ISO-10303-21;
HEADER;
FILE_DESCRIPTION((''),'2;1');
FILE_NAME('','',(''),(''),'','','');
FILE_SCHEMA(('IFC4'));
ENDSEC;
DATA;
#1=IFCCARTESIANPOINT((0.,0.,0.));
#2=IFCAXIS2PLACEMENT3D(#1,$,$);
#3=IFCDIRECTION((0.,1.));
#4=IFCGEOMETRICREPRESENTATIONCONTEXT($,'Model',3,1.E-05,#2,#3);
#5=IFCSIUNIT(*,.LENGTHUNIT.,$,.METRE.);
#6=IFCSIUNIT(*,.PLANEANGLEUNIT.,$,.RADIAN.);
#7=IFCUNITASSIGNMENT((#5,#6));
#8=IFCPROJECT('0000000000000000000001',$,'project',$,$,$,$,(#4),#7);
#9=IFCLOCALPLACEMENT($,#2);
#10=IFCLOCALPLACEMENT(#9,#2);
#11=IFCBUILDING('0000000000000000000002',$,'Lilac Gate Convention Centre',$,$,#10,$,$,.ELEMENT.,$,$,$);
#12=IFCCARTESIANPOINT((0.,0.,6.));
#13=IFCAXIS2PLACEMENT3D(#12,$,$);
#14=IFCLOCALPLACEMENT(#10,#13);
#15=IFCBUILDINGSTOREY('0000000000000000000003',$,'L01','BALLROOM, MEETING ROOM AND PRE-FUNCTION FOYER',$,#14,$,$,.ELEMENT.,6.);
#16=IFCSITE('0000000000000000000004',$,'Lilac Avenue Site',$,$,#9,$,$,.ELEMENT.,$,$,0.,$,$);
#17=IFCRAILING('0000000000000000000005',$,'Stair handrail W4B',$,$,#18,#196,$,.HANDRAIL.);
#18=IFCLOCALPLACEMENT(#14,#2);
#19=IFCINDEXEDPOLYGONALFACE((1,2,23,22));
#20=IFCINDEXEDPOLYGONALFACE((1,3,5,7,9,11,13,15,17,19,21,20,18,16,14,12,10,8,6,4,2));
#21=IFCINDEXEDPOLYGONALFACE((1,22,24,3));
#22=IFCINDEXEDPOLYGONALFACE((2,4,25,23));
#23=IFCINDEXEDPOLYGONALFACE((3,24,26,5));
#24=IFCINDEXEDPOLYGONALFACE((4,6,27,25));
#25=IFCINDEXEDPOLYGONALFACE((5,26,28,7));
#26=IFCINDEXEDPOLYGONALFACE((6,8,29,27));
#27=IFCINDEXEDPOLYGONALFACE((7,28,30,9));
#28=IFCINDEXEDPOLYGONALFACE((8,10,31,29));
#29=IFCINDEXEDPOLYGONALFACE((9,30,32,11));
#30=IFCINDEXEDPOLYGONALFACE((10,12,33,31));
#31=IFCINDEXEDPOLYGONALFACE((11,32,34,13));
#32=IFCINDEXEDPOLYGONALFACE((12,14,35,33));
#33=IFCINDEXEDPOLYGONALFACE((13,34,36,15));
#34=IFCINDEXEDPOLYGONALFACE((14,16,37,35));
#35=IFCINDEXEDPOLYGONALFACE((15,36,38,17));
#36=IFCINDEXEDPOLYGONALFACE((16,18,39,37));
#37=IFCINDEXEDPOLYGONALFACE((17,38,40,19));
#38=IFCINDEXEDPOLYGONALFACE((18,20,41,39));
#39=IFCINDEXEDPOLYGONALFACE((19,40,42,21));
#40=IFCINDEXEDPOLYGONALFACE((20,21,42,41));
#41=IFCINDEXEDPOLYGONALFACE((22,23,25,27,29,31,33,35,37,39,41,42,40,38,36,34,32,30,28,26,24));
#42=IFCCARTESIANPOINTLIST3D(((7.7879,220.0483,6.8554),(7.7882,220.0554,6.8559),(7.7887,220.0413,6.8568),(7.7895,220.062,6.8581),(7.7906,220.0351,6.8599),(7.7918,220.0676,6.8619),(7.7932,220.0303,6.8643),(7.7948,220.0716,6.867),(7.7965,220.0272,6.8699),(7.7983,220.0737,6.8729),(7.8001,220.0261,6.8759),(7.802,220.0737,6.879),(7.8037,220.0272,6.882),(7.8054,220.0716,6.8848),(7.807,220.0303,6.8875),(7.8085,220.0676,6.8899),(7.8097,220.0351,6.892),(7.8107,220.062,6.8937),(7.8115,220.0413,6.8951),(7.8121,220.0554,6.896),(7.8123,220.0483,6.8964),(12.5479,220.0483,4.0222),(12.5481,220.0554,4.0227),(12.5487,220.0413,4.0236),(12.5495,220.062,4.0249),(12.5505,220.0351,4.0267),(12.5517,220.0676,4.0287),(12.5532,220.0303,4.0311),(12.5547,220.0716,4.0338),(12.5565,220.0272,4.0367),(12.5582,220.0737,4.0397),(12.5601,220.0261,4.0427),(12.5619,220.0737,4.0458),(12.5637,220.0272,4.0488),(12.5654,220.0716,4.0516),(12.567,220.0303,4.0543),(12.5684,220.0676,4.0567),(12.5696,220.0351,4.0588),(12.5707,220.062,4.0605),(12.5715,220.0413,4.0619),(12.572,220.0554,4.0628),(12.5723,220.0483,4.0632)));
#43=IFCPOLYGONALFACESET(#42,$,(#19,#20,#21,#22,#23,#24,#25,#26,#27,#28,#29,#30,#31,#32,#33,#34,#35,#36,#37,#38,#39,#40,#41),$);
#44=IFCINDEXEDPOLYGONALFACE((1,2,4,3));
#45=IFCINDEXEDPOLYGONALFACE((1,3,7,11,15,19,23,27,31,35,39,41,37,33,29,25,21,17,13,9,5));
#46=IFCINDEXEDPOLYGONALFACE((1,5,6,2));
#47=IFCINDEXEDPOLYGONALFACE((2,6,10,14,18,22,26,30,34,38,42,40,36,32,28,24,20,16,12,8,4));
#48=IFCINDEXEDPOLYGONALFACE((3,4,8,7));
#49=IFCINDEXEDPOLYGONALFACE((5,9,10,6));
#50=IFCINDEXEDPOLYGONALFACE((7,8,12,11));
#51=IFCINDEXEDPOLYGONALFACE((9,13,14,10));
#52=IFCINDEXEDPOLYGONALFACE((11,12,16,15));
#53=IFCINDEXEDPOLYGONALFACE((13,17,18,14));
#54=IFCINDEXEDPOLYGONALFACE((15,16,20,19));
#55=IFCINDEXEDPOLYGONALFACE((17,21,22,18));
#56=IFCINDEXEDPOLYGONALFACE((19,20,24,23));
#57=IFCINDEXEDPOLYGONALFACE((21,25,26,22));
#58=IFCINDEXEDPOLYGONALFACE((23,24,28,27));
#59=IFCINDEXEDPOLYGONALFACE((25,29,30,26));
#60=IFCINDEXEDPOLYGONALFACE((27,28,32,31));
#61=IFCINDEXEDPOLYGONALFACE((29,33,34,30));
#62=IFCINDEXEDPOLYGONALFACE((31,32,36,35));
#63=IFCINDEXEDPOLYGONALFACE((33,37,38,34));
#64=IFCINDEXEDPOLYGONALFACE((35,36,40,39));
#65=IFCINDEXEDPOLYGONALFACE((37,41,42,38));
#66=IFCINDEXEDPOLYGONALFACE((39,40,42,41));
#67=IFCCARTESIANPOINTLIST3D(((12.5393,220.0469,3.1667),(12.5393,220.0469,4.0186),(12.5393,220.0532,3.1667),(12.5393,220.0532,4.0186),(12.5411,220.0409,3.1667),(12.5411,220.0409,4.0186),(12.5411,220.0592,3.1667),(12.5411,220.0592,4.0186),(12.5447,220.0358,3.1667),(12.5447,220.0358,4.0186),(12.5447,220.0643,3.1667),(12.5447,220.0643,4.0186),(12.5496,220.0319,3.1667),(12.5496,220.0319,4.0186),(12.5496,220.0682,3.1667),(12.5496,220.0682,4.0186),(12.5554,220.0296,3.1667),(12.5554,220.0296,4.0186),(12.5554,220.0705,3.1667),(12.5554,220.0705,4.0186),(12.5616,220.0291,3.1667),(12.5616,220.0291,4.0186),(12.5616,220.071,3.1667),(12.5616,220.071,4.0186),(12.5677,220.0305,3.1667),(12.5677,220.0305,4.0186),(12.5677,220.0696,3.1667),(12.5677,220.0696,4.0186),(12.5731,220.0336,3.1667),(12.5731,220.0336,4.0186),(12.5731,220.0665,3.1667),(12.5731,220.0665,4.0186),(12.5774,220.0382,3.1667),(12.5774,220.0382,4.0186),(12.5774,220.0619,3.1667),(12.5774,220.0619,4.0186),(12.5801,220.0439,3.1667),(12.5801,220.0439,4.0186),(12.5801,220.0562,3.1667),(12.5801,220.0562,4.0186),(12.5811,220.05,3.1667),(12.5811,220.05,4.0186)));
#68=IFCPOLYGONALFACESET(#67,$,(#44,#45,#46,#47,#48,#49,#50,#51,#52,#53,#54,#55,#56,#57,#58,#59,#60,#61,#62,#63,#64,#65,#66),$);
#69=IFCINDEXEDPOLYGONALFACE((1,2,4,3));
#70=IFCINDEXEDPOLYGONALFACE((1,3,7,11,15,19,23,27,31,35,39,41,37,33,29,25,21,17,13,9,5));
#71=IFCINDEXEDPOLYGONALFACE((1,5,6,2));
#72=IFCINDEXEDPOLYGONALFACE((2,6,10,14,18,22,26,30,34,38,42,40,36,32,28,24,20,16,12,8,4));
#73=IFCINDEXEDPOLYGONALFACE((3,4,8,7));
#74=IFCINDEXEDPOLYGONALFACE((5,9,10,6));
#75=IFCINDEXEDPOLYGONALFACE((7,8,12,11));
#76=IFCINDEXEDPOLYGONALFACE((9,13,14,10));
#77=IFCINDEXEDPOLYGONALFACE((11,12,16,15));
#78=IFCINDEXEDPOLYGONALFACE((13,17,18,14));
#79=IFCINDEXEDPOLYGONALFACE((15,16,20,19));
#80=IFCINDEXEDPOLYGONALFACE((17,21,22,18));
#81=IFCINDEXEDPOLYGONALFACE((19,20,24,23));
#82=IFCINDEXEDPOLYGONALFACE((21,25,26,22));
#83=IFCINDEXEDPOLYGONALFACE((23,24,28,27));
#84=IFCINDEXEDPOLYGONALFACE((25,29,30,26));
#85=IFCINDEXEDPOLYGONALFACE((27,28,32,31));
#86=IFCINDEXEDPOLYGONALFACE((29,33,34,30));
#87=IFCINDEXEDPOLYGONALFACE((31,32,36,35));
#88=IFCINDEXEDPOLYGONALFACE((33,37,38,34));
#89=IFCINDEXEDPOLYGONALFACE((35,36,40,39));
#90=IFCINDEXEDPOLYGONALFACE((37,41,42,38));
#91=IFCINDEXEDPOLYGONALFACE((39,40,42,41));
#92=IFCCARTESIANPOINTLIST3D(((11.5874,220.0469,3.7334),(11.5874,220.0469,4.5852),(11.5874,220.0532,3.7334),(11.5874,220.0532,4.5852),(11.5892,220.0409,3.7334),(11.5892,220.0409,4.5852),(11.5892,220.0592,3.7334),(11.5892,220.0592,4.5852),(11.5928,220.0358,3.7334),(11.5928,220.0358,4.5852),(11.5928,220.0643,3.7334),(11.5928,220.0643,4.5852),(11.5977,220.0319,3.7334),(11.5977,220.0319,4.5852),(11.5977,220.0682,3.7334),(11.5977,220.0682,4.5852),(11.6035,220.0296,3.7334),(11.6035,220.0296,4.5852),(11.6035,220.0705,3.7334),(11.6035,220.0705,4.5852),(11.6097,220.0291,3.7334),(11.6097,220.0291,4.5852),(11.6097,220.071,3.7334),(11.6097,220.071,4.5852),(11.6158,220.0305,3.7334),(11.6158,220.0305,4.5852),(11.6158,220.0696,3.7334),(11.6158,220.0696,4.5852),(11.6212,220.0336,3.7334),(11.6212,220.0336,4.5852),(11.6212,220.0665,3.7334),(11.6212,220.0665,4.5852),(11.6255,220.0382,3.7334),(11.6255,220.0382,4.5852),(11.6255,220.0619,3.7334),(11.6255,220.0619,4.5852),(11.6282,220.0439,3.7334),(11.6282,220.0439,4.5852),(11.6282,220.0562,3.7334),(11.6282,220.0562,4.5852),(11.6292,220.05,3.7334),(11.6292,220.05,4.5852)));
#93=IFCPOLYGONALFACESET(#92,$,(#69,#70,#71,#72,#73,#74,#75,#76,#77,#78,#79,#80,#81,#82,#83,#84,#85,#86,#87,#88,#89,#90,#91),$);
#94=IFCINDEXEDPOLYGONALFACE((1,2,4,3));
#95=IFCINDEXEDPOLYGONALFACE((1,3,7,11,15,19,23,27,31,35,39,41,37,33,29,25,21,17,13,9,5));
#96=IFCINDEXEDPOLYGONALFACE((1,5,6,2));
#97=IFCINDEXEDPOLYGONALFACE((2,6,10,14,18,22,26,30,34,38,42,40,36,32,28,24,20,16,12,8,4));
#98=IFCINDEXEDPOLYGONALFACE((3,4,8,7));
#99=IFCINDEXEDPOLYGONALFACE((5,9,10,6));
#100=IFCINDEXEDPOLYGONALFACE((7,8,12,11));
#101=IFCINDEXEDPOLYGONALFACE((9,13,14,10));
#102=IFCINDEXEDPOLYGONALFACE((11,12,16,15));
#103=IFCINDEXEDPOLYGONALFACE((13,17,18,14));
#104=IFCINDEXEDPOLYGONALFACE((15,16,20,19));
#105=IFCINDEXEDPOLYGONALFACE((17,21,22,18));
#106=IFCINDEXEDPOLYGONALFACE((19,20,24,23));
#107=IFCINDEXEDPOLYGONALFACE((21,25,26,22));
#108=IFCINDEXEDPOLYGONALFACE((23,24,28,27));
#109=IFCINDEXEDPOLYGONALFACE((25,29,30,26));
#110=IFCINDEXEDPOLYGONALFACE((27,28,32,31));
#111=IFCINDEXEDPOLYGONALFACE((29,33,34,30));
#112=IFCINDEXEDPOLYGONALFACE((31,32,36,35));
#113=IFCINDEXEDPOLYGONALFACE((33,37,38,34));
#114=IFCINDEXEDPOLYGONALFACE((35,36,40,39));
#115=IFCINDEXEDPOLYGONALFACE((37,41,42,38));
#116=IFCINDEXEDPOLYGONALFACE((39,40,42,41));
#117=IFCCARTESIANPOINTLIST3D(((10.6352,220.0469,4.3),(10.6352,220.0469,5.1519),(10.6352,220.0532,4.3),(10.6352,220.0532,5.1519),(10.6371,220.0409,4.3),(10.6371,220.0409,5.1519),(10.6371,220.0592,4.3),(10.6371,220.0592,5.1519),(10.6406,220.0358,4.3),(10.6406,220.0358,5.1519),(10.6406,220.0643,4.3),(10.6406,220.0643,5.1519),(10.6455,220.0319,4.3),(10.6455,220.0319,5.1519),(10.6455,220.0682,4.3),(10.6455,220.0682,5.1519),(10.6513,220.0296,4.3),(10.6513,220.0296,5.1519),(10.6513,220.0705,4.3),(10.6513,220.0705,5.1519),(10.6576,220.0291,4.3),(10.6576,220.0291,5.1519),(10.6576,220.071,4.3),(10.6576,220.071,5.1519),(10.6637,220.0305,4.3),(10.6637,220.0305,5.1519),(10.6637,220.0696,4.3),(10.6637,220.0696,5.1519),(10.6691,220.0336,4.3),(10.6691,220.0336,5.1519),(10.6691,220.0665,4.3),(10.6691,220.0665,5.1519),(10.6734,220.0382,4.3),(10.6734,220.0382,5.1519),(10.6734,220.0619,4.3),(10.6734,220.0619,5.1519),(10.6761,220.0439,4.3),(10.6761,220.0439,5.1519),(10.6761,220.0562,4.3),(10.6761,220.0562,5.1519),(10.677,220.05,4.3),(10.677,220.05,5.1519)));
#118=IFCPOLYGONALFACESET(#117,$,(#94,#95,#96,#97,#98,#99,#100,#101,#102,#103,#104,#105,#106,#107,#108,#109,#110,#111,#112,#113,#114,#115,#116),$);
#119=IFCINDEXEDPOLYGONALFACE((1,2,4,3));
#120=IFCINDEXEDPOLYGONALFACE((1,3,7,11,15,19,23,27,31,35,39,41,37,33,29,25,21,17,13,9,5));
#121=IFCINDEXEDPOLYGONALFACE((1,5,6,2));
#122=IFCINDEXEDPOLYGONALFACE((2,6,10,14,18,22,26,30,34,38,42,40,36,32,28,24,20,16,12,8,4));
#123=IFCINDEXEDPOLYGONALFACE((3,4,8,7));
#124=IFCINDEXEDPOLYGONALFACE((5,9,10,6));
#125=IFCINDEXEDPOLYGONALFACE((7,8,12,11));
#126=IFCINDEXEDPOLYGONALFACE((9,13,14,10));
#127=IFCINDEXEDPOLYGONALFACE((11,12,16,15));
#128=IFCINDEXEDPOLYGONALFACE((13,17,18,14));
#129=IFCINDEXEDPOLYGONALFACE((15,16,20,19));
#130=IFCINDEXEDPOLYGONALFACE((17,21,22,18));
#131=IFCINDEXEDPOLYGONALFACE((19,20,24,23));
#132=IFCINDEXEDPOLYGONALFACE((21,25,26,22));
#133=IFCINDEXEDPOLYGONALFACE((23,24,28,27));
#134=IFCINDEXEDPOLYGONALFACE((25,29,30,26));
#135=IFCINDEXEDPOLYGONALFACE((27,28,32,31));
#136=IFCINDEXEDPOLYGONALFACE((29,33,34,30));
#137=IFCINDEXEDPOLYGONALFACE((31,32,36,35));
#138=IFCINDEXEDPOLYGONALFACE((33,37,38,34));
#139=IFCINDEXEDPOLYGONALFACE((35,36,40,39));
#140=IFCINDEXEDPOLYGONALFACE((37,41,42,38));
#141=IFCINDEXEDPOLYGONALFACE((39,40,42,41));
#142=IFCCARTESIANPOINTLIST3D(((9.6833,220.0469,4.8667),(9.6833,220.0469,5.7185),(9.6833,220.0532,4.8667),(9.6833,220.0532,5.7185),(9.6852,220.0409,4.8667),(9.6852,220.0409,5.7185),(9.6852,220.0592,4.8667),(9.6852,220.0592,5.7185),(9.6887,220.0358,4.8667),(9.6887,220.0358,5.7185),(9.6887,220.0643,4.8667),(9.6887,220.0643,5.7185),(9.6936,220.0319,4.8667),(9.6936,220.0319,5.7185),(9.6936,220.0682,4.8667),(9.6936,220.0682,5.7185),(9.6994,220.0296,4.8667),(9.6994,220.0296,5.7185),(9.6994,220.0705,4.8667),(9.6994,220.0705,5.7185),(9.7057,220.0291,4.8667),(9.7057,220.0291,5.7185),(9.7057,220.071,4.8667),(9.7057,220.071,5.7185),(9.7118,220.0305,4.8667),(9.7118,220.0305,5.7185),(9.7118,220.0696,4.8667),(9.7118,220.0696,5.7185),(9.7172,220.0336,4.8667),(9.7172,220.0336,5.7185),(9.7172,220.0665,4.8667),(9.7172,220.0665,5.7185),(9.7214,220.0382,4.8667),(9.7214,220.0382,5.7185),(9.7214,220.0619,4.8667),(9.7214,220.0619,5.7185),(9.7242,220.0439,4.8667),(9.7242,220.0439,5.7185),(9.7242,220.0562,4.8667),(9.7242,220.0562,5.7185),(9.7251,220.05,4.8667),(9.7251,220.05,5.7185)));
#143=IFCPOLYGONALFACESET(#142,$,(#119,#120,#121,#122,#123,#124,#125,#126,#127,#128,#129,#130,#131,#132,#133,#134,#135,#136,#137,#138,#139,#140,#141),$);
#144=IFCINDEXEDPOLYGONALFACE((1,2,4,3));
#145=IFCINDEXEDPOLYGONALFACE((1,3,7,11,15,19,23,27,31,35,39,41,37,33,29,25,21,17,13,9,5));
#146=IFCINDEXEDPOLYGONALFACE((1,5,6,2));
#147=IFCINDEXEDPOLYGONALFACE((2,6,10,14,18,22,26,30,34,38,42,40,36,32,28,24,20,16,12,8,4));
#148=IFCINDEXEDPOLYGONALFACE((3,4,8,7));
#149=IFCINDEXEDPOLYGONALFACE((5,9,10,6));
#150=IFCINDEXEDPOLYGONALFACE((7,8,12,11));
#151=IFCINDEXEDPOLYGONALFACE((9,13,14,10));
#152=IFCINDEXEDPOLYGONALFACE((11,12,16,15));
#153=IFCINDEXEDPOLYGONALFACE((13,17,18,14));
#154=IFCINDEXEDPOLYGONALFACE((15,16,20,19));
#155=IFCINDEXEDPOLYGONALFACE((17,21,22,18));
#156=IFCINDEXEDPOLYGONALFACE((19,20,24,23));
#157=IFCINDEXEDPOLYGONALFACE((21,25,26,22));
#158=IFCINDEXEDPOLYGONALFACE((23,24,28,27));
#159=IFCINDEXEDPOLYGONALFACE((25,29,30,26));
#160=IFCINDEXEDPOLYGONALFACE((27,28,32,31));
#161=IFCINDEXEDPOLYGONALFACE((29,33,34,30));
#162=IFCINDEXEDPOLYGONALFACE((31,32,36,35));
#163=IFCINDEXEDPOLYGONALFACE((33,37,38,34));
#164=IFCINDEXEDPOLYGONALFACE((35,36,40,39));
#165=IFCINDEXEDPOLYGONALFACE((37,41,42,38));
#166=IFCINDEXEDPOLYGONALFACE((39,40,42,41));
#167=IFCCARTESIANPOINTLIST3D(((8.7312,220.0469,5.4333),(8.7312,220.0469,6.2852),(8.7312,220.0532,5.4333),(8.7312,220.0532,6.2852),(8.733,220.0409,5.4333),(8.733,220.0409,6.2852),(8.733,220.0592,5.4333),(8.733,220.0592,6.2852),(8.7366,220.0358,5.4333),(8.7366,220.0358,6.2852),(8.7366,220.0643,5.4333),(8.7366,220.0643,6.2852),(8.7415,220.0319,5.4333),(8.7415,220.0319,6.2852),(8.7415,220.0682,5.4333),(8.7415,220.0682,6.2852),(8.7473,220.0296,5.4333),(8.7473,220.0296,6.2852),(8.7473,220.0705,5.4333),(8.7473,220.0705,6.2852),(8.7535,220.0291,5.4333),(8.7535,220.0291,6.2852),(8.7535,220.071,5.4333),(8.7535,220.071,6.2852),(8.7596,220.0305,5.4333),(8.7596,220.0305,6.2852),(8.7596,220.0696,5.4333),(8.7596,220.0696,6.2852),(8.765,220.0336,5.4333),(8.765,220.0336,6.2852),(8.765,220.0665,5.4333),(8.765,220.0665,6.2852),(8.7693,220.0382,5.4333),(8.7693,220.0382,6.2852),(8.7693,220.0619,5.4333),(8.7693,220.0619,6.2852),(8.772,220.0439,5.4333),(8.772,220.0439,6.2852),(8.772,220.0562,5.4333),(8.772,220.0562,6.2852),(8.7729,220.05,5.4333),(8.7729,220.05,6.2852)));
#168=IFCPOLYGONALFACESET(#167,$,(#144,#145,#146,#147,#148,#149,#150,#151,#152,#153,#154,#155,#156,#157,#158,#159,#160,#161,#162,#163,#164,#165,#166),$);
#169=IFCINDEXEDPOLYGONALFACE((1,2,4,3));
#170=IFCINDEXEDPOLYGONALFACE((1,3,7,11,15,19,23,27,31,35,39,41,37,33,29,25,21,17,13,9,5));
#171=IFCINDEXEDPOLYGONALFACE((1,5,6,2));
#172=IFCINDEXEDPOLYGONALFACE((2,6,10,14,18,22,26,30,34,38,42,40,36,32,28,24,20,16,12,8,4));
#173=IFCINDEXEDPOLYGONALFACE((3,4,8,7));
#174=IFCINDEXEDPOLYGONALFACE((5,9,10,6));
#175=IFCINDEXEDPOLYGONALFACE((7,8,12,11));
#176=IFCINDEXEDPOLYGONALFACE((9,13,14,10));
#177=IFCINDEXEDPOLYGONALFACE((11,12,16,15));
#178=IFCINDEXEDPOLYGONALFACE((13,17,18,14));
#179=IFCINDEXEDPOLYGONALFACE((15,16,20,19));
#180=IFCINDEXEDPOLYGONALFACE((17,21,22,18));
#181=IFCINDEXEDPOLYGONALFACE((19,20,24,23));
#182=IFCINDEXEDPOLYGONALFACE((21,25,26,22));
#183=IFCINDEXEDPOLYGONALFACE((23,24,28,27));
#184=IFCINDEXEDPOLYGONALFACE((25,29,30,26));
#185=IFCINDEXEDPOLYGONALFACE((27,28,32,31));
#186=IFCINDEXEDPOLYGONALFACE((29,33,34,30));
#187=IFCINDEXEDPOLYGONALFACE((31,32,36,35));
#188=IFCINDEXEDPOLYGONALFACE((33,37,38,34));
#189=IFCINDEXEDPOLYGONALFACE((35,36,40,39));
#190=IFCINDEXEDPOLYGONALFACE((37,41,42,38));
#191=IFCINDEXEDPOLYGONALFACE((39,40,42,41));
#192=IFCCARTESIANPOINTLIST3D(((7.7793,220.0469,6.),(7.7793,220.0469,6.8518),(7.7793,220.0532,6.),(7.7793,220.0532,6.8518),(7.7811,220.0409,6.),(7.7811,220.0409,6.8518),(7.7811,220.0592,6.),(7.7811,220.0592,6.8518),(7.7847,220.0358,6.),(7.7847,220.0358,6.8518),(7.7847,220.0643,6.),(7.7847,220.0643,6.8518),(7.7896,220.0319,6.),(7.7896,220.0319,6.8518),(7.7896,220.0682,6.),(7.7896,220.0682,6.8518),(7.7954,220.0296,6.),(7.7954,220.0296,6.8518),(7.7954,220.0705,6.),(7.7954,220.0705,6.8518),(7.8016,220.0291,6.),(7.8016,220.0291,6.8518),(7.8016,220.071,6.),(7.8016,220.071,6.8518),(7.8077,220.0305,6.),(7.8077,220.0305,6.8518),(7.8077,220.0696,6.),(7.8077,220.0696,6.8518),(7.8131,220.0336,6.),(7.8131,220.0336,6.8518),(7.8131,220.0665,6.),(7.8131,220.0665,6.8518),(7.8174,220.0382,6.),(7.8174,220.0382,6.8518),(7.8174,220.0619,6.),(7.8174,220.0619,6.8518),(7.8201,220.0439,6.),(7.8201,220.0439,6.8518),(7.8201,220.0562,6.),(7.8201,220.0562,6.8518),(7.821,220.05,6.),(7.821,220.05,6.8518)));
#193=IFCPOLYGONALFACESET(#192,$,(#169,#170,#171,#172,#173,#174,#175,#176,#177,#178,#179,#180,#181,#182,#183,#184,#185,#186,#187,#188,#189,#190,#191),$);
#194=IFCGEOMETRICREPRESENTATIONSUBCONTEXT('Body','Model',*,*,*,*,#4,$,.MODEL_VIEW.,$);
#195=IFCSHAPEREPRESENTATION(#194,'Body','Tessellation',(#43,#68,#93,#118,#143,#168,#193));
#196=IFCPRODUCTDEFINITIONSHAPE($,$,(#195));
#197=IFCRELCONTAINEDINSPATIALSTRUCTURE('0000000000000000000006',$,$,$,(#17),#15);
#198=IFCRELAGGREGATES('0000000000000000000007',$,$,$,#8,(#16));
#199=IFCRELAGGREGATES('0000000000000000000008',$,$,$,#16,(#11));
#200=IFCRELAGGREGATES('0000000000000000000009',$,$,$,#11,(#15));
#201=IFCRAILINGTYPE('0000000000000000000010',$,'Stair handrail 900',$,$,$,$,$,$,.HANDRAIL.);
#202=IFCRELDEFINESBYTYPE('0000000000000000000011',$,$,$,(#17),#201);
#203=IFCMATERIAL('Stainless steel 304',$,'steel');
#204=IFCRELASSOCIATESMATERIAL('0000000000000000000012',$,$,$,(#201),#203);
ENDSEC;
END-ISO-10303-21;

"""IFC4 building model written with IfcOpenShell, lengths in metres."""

from ifc_helpers import new_model, si_unit, direction, frame, origin, origin_2d, place, context, subcontext, project, spatial, circle, extrude, material, type_object, element, save


model = new_model("IFC4")

# Units and contexts
model_context = context("Model", 3, precision=1e-05, world=origin(), true_north=direction((0.0, 1.0)))
body_context = subcontext(model_context, "Body", "Model", "MODEL_VIEW")
ifc_project = project(units=[si_unit("LENGTHUNIT", "METRE"), si_unit("PLANEANGLEUNIT", "RADIAN")], contexts=[model_context])

# Site, building, storey
site_placement = place(None, origin())
site = spatial("IfcSite", under=ifc_project, at=site_placement, Name="Lilac Avenue Site", CompositionType="ELEMENT", RefElevation=0.0)
building_placement = place(site_placement, origin())
building = spatial("IfcBuilding", under=site, at=building_placement, Name="Lilac Gate Convention Centre", CompositionType="ELEMENT")
storey_placement = place(building_placement, frame((0.0, 0.0, 6.0)))
storey = spatial("IfcBuildingStorey", under=building, at=storey_placement, Name="L01", Description="BALLROOM, MEETING ROOM AND PRE-FUNCTION FOYER", CompositionType="ELEMENT", Elevation=6.0)

# Railing
ifc_material_1 = material(Name="Stainless steel 304", Category="steel")
railing_type = type_object("IfcRailingType", Name="Stair handrail 900", PredefinedType="HANDRAIL", material=ifc_material_1)
for number, where, name in (
    (1, (12.5601, 220.05, 3.1667), "Stair handrail W4B"),
):
    element("IfcRailing", number, at=place(storey_placement, frame(where)), inside=storey, type_object=railing_type, Name=name, PredefinedType="HANDRAIL", context=body_context, shape_type="SweptSolid", body=[
        extrude(circle(Radius=0.0239, at=origin_2d()), frame((0.0, 0.0, 0.876), z_axis=(-0.8593, 0.0, 0.511472), x_axis=(0.0, -1.0, 0.0)), (0.0, 0.0, 1.0), 5.5393),
        extrude(circle(Radius=0.021, at=origin_2d()), origin(), (0.0, 0.0, 1.0), 0.8518),
        extrude(circle(Radius=0.021, at=origin_2d()), frame((-0.9519, 0.0, 0.5667)), (0.0, 0.0, 1.0), 0.8518),
        extrude(circle(Radius=0.021, at=origin_2d()), frame((-1.9041, 0.0, 1.1333)), (0.0, 0.0, 1.0), 0.8518),
        extrude(circle(Radius=0.021, at=origin_2d()), frame((-2.856, 0.0, 1.7)), (0.0, 0.0, 1.0), 0.8518),
        extrude(circle(Radius=0.021, at=origin_2d()), frame((-3.8081, 0.0, 2.2666)), (0.0, 0.0, 1.0), 0.8518),
        extrude(circle(Radius=0.021, at=origin_2d()), frame((-4.76, 0.0, 2.8333)), (0.0, 0.0, 1.0), 0.8518),
    ])

save(model, "model.ifc")
